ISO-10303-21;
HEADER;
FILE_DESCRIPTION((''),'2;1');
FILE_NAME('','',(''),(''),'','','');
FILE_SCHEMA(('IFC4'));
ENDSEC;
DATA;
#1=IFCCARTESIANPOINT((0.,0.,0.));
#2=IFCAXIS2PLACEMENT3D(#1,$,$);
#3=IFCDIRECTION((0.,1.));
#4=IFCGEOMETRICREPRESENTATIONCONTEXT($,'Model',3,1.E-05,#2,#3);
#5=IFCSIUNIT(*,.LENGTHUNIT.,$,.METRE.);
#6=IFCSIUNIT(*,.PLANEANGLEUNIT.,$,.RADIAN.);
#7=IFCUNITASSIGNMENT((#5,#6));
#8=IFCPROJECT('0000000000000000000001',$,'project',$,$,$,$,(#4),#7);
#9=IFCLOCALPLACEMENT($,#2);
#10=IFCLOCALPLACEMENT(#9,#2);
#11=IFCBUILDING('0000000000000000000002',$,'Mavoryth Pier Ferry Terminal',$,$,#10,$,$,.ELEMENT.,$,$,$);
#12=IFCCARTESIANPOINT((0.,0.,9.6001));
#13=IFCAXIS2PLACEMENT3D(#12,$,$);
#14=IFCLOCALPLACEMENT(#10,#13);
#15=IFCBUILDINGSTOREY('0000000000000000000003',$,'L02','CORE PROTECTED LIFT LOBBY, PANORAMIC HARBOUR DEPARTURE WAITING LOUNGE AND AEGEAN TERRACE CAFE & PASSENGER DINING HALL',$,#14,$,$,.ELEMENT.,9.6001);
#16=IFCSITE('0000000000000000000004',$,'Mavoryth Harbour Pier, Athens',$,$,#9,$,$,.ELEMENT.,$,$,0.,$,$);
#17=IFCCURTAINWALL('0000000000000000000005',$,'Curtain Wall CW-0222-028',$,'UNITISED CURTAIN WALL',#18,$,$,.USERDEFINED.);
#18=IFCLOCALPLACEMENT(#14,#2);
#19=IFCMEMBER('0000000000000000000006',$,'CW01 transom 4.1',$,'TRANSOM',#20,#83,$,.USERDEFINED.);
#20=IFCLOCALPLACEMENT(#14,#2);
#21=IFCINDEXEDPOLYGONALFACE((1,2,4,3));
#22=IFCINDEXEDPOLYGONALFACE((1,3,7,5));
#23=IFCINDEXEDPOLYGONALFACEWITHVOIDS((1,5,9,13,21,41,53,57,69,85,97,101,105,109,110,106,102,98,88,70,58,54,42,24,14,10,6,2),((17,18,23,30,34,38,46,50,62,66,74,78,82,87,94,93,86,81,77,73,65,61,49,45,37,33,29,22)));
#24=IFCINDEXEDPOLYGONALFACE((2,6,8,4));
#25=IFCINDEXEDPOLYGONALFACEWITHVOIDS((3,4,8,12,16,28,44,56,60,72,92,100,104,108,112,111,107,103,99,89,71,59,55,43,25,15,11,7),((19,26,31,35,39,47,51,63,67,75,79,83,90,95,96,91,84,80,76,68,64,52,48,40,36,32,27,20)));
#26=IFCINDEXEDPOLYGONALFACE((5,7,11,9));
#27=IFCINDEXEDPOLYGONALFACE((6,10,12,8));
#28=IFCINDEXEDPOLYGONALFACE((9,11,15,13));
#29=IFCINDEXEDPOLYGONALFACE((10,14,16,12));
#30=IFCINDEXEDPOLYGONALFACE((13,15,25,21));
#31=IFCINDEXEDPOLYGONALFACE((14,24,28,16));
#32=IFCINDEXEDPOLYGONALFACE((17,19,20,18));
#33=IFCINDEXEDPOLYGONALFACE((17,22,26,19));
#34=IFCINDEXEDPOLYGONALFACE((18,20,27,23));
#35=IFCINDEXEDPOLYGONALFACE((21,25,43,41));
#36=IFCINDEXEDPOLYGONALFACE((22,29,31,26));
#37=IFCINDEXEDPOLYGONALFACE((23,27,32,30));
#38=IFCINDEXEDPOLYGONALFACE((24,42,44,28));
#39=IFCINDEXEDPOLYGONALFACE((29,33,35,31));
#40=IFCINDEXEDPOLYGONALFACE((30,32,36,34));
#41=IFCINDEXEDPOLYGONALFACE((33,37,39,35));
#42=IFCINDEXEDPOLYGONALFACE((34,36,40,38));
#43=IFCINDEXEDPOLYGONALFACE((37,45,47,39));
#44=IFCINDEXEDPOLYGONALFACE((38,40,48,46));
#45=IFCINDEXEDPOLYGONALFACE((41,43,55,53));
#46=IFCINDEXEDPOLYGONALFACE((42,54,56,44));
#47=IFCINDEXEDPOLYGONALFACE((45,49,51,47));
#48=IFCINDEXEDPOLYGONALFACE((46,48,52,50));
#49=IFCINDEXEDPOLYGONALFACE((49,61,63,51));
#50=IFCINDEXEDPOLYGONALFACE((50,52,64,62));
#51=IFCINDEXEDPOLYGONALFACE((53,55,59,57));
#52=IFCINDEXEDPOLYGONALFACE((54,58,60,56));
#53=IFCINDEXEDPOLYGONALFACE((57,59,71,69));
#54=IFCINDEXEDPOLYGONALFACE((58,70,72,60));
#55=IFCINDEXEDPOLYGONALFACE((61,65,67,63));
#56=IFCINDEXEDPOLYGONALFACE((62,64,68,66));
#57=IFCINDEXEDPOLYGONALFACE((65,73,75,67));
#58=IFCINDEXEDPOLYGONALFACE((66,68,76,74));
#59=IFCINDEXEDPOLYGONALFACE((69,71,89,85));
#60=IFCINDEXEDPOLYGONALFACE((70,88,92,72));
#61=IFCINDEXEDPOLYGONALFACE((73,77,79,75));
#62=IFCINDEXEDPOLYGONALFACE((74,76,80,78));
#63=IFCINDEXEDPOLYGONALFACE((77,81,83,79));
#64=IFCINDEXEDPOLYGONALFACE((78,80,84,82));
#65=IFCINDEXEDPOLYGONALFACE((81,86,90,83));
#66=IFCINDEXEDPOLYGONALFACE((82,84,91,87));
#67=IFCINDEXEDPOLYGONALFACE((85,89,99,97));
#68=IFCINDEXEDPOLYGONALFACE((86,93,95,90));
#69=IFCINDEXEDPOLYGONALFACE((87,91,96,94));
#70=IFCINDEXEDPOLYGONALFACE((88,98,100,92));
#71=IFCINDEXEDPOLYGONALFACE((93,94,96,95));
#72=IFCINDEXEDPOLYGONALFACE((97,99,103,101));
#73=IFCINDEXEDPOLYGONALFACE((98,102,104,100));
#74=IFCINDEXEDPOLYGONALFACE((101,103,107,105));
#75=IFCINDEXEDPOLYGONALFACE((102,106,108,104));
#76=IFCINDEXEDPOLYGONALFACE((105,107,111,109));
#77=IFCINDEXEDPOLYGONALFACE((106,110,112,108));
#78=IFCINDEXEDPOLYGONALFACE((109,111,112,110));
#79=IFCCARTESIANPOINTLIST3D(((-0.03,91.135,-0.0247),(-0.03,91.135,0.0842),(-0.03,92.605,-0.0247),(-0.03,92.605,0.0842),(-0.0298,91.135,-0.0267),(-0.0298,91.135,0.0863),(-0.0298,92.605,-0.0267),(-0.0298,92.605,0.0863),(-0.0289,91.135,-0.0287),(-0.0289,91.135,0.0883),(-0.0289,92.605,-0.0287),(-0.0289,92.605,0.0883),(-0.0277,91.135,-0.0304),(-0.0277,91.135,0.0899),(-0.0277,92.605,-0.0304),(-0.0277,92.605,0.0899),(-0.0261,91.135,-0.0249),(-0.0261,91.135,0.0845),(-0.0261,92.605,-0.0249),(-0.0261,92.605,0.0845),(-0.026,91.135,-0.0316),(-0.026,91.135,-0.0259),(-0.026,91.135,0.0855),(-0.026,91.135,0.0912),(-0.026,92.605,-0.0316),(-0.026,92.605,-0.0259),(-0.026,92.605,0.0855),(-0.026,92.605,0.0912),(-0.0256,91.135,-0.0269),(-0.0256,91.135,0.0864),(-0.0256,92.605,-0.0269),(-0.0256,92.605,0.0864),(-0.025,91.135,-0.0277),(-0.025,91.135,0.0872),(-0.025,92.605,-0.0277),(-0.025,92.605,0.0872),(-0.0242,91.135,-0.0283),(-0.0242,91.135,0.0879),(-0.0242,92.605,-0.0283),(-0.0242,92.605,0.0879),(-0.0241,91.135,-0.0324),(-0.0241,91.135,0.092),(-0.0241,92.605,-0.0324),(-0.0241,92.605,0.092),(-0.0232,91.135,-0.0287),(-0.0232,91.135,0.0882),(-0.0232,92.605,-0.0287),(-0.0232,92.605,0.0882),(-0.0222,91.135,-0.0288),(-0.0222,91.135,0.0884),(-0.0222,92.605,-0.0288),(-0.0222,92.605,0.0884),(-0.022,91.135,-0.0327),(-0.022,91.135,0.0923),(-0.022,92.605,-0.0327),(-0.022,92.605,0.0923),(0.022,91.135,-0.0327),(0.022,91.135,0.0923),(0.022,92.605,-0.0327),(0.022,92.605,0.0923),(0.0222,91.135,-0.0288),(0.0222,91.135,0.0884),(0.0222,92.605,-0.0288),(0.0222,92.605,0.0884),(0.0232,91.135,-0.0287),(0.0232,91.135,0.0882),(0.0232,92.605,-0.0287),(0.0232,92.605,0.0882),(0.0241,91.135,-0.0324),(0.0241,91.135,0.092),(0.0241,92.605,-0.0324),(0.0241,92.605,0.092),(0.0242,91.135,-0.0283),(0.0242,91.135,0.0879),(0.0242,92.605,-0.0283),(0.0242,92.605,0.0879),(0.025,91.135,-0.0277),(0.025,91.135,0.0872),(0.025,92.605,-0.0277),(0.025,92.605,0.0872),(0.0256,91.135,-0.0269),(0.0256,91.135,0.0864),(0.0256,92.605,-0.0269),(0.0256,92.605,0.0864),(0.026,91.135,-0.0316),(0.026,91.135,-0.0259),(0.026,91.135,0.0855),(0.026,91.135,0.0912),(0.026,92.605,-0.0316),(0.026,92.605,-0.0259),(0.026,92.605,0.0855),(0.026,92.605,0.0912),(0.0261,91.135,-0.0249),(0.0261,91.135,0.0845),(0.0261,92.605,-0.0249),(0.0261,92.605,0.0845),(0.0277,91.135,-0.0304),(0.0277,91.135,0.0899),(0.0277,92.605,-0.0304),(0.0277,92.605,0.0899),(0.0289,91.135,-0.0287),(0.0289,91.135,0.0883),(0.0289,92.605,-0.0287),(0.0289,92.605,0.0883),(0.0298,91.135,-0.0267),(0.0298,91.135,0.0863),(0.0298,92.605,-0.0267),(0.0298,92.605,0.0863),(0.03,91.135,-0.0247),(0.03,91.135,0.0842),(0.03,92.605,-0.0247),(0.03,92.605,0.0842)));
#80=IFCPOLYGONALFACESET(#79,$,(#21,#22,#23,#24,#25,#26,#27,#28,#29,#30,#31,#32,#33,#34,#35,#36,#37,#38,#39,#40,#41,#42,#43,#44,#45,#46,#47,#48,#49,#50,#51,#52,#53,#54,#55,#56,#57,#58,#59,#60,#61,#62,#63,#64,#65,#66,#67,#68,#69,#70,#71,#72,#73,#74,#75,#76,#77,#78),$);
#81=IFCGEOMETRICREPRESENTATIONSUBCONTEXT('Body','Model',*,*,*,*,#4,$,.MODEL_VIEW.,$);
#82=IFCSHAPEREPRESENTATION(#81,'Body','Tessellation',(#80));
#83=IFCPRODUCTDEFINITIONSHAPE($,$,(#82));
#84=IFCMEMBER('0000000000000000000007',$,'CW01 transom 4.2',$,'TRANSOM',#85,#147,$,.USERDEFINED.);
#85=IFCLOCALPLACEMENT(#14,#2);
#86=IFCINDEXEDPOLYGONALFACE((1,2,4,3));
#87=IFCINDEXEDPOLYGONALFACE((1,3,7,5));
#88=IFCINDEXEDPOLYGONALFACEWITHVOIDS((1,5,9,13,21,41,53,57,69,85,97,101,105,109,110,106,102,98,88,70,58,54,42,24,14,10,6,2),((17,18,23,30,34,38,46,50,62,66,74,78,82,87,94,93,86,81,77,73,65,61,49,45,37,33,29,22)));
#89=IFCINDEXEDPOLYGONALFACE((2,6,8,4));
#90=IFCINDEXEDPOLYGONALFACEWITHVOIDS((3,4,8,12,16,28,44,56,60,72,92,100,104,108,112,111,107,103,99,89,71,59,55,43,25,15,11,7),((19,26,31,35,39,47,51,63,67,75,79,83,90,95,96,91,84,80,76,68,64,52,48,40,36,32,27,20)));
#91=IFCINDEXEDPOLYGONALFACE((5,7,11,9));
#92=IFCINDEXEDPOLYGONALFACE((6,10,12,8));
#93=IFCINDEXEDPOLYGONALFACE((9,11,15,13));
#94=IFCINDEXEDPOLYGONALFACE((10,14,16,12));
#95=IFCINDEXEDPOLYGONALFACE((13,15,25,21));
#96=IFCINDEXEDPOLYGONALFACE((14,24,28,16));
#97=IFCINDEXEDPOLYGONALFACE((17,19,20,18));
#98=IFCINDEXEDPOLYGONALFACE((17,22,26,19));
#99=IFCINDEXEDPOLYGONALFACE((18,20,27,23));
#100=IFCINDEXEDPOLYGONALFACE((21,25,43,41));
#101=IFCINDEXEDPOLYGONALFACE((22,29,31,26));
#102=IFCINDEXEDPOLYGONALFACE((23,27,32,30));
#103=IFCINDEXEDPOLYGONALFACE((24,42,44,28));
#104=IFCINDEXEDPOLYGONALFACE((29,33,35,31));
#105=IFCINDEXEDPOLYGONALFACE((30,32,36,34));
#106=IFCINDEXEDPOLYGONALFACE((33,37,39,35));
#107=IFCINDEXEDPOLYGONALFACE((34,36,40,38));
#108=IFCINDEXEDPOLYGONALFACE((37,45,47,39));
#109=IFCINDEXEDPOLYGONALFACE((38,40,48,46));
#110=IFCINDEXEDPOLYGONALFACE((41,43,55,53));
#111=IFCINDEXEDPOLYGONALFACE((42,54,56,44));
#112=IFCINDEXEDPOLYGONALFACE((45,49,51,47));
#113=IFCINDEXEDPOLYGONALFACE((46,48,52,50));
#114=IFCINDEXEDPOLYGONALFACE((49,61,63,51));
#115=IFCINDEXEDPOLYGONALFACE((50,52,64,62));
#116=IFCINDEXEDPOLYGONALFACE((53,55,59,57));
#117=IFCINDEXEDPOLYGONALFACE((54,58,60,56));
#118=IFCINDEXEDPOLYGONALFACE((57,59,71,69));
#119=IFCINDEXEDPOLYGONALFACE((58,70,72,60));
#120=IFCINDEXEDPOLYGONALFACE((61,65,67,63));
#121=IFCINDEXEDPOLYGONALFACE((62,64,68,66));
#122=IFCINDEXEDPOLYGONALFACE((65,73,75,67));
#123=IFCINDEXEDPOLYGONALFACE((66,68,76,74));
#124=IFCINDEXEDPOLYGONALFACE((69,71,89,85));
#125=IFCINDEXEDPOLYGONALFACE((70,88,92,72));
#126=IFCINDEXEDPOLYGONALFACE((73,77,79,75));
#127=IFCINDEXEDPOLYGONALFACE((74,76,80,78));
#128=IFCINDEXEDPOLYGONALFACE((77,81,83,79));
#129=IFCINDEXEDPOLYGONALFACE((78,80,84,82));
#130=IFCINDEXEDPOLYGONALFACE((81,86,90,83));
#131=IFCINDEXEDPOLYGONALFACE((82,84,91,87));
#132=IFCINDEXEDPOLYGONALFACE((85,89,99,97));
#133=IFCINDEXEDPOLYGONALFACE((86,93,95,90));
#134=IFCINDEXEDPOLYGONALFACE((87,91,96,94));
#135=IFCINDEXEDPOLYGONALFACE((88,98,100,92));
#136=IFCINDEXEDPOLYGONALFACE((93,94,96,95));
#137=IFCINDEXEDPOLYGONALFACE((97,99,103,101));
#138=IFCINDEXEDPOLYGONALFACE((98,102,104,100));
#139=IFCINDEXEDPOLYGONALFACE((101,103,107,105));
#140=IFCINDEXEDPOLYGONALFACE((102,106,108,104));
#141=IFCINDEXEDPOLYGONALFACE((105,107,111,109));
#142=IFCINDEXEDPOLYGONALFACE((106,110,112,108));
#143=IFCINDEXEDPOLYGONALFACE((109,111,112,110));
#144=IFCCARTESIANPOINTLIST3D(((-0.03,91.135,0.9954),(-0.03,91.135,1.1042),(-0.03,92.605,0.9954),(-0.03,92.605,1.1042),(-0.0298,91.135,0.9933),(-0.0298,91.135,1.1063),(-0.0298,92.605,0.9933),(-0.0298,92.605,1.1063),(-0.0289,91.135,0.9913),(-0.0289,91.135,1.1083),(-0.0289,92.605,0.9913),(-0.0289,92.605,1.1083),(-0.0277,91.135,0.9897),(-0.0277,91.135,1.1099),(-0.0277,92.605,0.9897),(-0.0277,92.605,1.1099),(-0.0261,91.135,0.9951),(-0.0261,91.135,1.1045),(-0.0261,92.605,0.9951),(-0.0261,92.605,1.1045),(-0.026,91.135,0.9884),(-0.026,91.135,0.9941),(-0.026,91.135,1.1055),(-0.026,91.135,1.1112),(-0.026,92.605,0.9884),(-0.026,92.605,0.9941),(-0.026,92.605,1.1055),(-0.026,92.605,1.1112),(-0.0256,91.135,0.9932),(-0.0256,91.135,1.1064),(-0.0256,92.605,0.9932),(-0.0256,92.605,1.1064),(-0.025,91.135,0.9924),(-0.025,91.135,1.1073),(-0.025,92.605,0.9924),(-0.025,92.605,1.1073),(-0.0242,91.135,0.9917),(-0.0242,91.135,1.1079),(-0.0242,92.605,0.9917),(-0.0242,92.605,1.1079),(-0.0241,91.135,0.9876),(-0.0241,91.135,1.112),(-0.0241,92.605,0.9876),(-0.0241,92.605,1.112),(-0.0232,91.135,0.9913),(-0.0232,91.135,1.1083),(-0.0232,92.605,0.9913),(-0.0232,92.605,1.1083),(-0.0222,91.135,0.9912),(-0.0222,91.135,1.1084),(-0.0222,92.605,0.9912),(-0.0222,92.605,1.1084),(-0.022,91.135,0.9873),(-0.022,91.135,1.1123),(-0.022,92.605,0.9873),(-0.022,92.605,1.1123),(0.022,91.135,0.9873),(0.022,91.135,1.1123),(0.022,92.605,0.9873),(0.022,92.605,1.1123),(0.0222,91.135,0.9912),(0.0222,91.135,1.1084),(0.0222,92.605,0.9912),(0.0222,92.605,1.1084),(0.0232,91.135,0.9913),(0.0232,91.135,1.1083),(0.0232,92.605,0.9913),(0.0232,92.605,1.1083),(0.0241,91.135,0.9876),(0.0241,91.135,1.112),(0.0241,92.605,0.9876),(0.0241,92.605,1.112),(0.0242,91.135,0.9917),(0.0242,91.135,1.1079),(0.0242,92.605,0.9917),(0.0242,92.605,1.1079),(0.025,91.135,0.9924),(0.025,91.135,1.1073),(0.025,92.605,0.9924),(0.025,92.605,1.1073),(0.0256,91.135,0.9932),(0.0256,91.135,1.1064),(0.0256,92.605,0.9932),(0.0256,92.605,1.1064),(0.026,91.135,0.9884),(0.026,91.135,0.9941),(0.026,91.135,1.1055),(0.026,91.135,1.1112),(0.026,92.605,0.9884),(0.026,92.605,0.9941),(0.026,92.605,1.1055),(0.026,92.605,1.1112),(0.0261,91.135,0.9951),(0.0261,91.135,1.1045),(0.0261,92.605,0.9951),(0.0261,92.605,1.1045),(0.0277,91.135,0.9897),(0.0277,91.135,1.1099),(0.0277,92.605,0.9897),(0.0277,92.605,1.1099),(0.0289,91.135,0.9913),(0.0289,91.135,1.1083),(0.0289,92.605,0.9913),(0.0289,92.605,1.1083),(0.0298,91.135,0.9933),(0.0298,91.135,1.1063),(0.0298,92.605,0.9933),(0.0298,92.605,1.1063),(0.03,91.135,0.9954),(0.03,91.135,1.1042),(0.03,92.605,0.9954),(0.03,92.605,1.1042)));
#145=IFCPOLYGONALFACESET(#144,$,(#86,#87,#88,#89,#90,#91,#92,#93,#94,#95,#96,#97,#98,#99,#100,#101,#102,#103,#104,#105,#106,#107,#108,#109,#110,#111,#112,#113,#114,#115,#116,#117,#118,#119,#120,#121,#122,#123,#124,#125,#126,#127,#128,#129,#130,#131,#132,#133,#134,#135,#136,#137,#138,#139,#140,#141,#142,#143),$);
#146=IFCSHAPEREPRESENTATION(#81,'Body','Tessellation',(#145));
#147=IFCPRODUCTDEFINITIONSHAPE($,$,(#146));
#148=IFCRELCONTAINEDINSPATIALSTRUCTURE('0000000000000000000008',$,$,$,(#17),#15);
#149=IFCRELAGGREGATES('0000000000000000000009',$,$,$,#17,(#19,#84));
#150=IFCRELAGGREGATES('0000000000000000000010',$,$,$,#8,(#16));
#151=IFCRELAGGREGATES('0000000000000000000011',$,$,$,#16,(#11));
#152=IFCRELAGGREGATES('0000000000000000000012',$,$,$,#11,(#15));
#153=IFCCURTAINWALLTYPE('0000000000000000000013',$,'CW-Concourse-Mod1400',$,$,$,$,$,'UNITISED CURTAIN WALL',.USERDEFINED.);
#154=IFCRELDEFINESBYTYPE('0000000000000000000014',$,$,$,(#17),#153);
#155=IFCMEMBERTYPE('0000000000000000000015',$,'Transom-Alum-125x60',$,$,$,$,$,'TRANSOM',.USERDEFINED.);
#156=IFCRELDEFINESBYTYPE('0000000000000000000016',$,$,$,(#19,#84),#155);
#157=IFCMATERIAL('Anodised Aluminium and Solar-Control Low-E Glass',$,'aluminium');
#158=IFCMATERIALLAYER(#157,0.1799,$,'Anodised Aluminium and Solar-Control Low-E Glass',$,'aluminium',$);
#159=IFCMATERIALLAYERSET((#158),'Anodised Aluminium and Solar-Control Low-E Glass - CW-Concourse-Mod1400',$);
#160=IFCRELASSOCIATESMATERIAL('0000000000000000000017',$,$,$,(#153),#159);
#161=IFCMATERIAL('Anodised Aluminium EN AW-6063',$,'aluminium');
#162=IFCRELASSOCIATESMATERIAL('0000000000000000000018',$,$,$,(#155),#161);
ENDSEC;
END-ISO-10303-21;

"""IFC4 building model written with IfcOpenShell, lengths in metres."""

from ifc_helpers import new_model, si_unit, direction, frame, origin, origin_2d, place, context, subcontext, project, spatial, hollow_rectangle, extrude, material, layer, layer_set, material_profile, profile_set, type_object, element, aggregate, save


model = new_model("IFC4")

# Units and contexts
model_context = context("Model", 3, precision=1e-05, world=origin(), true_north=direction((0.0, 1.0)))
body_context = subcontext(model_context, "Body", "Model", "MODEL_VIEW")
ifc_project = project(units=[si_unit("LENGTHUNIT", "METRE"), si_unit("PLANEANGLEUNIT", "RADIAN")], contexts=[model_context])

# Site, building, storey
site_placement = place(None, origin())
site = spatial("IfcSite", under=ifc_project, at=site_placement, Name="Mavoryth Harbour Pier, Athens", CompositionType="ELEMENT", RefElevation=0.0)
building_placement = place(site_placement, origin())
building = spatial("IfcBuilding", under=site, at=building_placement, Name="Mavoryth Pier Ferry Terminal", CompositionType="ELEMENT")
storey_placement = place(building_placement, frame((0.0, 0.0, 9.6001)))
storey = spatial("IfcBuildingStorey", under=building, at=storey_placement, Name="L02", Description="CORE PROTECTED LIFT LOBBY, PANORAMIC HARBOUR DEPARTURE WAITING LOUNGE AND AEGEAN TERRACE CAFE & PASSENGER DINING HALL", CompositionType="ELEMENT", Elevation=9.6001)

# Shared definitions
ifc_material_1 = material(Name="Anodised Aluminium and Solar-Control Low-E Glass", Category="aluminium")
ifc_layer_1 = layer(ifc_material_1, 0.1799, Name="Anodised Aluminium and Solar-Control Low-E Glass", Category="aluminium")
ifc_layer_set_1 = layer_set([ifc_layer_1], Name="Anodised Aluminium and Solar-Control Low-E Glass - CW-Concourse-Mod1400")
curtain_wall_type = type_object("IfcCurtainWallType", Name="CW-Concourse-Mod1400", ElementType="UNITISED CURTAIN WALL", PredefinedType="USERDEFINED", material=ifc_layer_set_1)
ifc_material_2 = material(Name="Anodised Aluminium EN AW-6063", Category="aluminium")

# Curtain wall
curtain_wall_1_placement = place(storey_placement, origin())
curtain_wall_1 = element("IfcCurtainWall", 1, at=curtain_wall_1_placement, inside=storey, type_object=curtain_wall_type, Name="Curtain Wall CW-0222-028", ObjectType="UNITISED CURTAIN WALL", PredefinedType="USERDEFINED")

# Members
ifc_material_profile_1 = material_profile(ifc_material_2, hollow_rectangle(XDim=0.0601, YDim=0.125, WallThickness=0.0039, InnerFilletRadius=0.0039, OuterFilletRadius=0.0081, at=origin_2d()), Name="AL-TRAN 125x60x4", Category="aluminium")
ifc_profile_set_1 = profile_set([ifc_material_profile_1], Name="Anodised Aluminium EN AW-6063 - AL-TRAN 125x60x4")
member_type_1 = type_object("IfcMemberType", Name="Transom-Alum-125x60", ElementType="TRANSOM", PredefinedType="USERDEFINED", material=ifc_profile_set_1)
member_1_placement = place(storey_placement, frame((0.0, 92.605, 0.0298), z_axis=(0.0, -1.0, 0.0), x_axis=(1.0, 0.0, 0.0)))
member_1 = element("IfcMember", 2, at=member_1_placement, type_object=member_type_1, Name="CW01 transom 4.1", ObjectType="TRANSOM", PredefinedType="USERDEFINED", context=body_context, shape_type="SweptSolid", body=[
    extrude(hollow_rectangle(XDim=0.0601, YDim=0.125, WallThickness=0.0039, InnerFilletRadius=0.0039, OuterFilletRadius=0.0081, at=origin_2d()), origin(), (0.0, 0.0, 1.0), 1.47),
])
member_2_placement = place(storey_placement, frame((0.0, 92.605, 1.0498), z_axis=(0.0, -1.0, 0.0), x_axis=(1.0, 0.0, 0.0)))
member_2 = element("IfcMember", 3, at=member_2_placement, type_object=member_type_1, Name="CW01 transom 4.2", ObjectType="TRANSOM", PredefinedType="USERDEFINED", context=body_context, shape_type="SweptSolid", body=[
    extrude(hollow_rectangle(XDim=0.0601, YDim=0.125, WallThickness=0.0039, InnerFilletRadius=0.0039, OuterFilletRadius=0.0081, at=origin_2d()), origin(), (0.0, 0.0, 1.0), 1.47),
])

aggregate(curtain_wall_1, [member_1, member_2])

save(model, "model.ifc")
